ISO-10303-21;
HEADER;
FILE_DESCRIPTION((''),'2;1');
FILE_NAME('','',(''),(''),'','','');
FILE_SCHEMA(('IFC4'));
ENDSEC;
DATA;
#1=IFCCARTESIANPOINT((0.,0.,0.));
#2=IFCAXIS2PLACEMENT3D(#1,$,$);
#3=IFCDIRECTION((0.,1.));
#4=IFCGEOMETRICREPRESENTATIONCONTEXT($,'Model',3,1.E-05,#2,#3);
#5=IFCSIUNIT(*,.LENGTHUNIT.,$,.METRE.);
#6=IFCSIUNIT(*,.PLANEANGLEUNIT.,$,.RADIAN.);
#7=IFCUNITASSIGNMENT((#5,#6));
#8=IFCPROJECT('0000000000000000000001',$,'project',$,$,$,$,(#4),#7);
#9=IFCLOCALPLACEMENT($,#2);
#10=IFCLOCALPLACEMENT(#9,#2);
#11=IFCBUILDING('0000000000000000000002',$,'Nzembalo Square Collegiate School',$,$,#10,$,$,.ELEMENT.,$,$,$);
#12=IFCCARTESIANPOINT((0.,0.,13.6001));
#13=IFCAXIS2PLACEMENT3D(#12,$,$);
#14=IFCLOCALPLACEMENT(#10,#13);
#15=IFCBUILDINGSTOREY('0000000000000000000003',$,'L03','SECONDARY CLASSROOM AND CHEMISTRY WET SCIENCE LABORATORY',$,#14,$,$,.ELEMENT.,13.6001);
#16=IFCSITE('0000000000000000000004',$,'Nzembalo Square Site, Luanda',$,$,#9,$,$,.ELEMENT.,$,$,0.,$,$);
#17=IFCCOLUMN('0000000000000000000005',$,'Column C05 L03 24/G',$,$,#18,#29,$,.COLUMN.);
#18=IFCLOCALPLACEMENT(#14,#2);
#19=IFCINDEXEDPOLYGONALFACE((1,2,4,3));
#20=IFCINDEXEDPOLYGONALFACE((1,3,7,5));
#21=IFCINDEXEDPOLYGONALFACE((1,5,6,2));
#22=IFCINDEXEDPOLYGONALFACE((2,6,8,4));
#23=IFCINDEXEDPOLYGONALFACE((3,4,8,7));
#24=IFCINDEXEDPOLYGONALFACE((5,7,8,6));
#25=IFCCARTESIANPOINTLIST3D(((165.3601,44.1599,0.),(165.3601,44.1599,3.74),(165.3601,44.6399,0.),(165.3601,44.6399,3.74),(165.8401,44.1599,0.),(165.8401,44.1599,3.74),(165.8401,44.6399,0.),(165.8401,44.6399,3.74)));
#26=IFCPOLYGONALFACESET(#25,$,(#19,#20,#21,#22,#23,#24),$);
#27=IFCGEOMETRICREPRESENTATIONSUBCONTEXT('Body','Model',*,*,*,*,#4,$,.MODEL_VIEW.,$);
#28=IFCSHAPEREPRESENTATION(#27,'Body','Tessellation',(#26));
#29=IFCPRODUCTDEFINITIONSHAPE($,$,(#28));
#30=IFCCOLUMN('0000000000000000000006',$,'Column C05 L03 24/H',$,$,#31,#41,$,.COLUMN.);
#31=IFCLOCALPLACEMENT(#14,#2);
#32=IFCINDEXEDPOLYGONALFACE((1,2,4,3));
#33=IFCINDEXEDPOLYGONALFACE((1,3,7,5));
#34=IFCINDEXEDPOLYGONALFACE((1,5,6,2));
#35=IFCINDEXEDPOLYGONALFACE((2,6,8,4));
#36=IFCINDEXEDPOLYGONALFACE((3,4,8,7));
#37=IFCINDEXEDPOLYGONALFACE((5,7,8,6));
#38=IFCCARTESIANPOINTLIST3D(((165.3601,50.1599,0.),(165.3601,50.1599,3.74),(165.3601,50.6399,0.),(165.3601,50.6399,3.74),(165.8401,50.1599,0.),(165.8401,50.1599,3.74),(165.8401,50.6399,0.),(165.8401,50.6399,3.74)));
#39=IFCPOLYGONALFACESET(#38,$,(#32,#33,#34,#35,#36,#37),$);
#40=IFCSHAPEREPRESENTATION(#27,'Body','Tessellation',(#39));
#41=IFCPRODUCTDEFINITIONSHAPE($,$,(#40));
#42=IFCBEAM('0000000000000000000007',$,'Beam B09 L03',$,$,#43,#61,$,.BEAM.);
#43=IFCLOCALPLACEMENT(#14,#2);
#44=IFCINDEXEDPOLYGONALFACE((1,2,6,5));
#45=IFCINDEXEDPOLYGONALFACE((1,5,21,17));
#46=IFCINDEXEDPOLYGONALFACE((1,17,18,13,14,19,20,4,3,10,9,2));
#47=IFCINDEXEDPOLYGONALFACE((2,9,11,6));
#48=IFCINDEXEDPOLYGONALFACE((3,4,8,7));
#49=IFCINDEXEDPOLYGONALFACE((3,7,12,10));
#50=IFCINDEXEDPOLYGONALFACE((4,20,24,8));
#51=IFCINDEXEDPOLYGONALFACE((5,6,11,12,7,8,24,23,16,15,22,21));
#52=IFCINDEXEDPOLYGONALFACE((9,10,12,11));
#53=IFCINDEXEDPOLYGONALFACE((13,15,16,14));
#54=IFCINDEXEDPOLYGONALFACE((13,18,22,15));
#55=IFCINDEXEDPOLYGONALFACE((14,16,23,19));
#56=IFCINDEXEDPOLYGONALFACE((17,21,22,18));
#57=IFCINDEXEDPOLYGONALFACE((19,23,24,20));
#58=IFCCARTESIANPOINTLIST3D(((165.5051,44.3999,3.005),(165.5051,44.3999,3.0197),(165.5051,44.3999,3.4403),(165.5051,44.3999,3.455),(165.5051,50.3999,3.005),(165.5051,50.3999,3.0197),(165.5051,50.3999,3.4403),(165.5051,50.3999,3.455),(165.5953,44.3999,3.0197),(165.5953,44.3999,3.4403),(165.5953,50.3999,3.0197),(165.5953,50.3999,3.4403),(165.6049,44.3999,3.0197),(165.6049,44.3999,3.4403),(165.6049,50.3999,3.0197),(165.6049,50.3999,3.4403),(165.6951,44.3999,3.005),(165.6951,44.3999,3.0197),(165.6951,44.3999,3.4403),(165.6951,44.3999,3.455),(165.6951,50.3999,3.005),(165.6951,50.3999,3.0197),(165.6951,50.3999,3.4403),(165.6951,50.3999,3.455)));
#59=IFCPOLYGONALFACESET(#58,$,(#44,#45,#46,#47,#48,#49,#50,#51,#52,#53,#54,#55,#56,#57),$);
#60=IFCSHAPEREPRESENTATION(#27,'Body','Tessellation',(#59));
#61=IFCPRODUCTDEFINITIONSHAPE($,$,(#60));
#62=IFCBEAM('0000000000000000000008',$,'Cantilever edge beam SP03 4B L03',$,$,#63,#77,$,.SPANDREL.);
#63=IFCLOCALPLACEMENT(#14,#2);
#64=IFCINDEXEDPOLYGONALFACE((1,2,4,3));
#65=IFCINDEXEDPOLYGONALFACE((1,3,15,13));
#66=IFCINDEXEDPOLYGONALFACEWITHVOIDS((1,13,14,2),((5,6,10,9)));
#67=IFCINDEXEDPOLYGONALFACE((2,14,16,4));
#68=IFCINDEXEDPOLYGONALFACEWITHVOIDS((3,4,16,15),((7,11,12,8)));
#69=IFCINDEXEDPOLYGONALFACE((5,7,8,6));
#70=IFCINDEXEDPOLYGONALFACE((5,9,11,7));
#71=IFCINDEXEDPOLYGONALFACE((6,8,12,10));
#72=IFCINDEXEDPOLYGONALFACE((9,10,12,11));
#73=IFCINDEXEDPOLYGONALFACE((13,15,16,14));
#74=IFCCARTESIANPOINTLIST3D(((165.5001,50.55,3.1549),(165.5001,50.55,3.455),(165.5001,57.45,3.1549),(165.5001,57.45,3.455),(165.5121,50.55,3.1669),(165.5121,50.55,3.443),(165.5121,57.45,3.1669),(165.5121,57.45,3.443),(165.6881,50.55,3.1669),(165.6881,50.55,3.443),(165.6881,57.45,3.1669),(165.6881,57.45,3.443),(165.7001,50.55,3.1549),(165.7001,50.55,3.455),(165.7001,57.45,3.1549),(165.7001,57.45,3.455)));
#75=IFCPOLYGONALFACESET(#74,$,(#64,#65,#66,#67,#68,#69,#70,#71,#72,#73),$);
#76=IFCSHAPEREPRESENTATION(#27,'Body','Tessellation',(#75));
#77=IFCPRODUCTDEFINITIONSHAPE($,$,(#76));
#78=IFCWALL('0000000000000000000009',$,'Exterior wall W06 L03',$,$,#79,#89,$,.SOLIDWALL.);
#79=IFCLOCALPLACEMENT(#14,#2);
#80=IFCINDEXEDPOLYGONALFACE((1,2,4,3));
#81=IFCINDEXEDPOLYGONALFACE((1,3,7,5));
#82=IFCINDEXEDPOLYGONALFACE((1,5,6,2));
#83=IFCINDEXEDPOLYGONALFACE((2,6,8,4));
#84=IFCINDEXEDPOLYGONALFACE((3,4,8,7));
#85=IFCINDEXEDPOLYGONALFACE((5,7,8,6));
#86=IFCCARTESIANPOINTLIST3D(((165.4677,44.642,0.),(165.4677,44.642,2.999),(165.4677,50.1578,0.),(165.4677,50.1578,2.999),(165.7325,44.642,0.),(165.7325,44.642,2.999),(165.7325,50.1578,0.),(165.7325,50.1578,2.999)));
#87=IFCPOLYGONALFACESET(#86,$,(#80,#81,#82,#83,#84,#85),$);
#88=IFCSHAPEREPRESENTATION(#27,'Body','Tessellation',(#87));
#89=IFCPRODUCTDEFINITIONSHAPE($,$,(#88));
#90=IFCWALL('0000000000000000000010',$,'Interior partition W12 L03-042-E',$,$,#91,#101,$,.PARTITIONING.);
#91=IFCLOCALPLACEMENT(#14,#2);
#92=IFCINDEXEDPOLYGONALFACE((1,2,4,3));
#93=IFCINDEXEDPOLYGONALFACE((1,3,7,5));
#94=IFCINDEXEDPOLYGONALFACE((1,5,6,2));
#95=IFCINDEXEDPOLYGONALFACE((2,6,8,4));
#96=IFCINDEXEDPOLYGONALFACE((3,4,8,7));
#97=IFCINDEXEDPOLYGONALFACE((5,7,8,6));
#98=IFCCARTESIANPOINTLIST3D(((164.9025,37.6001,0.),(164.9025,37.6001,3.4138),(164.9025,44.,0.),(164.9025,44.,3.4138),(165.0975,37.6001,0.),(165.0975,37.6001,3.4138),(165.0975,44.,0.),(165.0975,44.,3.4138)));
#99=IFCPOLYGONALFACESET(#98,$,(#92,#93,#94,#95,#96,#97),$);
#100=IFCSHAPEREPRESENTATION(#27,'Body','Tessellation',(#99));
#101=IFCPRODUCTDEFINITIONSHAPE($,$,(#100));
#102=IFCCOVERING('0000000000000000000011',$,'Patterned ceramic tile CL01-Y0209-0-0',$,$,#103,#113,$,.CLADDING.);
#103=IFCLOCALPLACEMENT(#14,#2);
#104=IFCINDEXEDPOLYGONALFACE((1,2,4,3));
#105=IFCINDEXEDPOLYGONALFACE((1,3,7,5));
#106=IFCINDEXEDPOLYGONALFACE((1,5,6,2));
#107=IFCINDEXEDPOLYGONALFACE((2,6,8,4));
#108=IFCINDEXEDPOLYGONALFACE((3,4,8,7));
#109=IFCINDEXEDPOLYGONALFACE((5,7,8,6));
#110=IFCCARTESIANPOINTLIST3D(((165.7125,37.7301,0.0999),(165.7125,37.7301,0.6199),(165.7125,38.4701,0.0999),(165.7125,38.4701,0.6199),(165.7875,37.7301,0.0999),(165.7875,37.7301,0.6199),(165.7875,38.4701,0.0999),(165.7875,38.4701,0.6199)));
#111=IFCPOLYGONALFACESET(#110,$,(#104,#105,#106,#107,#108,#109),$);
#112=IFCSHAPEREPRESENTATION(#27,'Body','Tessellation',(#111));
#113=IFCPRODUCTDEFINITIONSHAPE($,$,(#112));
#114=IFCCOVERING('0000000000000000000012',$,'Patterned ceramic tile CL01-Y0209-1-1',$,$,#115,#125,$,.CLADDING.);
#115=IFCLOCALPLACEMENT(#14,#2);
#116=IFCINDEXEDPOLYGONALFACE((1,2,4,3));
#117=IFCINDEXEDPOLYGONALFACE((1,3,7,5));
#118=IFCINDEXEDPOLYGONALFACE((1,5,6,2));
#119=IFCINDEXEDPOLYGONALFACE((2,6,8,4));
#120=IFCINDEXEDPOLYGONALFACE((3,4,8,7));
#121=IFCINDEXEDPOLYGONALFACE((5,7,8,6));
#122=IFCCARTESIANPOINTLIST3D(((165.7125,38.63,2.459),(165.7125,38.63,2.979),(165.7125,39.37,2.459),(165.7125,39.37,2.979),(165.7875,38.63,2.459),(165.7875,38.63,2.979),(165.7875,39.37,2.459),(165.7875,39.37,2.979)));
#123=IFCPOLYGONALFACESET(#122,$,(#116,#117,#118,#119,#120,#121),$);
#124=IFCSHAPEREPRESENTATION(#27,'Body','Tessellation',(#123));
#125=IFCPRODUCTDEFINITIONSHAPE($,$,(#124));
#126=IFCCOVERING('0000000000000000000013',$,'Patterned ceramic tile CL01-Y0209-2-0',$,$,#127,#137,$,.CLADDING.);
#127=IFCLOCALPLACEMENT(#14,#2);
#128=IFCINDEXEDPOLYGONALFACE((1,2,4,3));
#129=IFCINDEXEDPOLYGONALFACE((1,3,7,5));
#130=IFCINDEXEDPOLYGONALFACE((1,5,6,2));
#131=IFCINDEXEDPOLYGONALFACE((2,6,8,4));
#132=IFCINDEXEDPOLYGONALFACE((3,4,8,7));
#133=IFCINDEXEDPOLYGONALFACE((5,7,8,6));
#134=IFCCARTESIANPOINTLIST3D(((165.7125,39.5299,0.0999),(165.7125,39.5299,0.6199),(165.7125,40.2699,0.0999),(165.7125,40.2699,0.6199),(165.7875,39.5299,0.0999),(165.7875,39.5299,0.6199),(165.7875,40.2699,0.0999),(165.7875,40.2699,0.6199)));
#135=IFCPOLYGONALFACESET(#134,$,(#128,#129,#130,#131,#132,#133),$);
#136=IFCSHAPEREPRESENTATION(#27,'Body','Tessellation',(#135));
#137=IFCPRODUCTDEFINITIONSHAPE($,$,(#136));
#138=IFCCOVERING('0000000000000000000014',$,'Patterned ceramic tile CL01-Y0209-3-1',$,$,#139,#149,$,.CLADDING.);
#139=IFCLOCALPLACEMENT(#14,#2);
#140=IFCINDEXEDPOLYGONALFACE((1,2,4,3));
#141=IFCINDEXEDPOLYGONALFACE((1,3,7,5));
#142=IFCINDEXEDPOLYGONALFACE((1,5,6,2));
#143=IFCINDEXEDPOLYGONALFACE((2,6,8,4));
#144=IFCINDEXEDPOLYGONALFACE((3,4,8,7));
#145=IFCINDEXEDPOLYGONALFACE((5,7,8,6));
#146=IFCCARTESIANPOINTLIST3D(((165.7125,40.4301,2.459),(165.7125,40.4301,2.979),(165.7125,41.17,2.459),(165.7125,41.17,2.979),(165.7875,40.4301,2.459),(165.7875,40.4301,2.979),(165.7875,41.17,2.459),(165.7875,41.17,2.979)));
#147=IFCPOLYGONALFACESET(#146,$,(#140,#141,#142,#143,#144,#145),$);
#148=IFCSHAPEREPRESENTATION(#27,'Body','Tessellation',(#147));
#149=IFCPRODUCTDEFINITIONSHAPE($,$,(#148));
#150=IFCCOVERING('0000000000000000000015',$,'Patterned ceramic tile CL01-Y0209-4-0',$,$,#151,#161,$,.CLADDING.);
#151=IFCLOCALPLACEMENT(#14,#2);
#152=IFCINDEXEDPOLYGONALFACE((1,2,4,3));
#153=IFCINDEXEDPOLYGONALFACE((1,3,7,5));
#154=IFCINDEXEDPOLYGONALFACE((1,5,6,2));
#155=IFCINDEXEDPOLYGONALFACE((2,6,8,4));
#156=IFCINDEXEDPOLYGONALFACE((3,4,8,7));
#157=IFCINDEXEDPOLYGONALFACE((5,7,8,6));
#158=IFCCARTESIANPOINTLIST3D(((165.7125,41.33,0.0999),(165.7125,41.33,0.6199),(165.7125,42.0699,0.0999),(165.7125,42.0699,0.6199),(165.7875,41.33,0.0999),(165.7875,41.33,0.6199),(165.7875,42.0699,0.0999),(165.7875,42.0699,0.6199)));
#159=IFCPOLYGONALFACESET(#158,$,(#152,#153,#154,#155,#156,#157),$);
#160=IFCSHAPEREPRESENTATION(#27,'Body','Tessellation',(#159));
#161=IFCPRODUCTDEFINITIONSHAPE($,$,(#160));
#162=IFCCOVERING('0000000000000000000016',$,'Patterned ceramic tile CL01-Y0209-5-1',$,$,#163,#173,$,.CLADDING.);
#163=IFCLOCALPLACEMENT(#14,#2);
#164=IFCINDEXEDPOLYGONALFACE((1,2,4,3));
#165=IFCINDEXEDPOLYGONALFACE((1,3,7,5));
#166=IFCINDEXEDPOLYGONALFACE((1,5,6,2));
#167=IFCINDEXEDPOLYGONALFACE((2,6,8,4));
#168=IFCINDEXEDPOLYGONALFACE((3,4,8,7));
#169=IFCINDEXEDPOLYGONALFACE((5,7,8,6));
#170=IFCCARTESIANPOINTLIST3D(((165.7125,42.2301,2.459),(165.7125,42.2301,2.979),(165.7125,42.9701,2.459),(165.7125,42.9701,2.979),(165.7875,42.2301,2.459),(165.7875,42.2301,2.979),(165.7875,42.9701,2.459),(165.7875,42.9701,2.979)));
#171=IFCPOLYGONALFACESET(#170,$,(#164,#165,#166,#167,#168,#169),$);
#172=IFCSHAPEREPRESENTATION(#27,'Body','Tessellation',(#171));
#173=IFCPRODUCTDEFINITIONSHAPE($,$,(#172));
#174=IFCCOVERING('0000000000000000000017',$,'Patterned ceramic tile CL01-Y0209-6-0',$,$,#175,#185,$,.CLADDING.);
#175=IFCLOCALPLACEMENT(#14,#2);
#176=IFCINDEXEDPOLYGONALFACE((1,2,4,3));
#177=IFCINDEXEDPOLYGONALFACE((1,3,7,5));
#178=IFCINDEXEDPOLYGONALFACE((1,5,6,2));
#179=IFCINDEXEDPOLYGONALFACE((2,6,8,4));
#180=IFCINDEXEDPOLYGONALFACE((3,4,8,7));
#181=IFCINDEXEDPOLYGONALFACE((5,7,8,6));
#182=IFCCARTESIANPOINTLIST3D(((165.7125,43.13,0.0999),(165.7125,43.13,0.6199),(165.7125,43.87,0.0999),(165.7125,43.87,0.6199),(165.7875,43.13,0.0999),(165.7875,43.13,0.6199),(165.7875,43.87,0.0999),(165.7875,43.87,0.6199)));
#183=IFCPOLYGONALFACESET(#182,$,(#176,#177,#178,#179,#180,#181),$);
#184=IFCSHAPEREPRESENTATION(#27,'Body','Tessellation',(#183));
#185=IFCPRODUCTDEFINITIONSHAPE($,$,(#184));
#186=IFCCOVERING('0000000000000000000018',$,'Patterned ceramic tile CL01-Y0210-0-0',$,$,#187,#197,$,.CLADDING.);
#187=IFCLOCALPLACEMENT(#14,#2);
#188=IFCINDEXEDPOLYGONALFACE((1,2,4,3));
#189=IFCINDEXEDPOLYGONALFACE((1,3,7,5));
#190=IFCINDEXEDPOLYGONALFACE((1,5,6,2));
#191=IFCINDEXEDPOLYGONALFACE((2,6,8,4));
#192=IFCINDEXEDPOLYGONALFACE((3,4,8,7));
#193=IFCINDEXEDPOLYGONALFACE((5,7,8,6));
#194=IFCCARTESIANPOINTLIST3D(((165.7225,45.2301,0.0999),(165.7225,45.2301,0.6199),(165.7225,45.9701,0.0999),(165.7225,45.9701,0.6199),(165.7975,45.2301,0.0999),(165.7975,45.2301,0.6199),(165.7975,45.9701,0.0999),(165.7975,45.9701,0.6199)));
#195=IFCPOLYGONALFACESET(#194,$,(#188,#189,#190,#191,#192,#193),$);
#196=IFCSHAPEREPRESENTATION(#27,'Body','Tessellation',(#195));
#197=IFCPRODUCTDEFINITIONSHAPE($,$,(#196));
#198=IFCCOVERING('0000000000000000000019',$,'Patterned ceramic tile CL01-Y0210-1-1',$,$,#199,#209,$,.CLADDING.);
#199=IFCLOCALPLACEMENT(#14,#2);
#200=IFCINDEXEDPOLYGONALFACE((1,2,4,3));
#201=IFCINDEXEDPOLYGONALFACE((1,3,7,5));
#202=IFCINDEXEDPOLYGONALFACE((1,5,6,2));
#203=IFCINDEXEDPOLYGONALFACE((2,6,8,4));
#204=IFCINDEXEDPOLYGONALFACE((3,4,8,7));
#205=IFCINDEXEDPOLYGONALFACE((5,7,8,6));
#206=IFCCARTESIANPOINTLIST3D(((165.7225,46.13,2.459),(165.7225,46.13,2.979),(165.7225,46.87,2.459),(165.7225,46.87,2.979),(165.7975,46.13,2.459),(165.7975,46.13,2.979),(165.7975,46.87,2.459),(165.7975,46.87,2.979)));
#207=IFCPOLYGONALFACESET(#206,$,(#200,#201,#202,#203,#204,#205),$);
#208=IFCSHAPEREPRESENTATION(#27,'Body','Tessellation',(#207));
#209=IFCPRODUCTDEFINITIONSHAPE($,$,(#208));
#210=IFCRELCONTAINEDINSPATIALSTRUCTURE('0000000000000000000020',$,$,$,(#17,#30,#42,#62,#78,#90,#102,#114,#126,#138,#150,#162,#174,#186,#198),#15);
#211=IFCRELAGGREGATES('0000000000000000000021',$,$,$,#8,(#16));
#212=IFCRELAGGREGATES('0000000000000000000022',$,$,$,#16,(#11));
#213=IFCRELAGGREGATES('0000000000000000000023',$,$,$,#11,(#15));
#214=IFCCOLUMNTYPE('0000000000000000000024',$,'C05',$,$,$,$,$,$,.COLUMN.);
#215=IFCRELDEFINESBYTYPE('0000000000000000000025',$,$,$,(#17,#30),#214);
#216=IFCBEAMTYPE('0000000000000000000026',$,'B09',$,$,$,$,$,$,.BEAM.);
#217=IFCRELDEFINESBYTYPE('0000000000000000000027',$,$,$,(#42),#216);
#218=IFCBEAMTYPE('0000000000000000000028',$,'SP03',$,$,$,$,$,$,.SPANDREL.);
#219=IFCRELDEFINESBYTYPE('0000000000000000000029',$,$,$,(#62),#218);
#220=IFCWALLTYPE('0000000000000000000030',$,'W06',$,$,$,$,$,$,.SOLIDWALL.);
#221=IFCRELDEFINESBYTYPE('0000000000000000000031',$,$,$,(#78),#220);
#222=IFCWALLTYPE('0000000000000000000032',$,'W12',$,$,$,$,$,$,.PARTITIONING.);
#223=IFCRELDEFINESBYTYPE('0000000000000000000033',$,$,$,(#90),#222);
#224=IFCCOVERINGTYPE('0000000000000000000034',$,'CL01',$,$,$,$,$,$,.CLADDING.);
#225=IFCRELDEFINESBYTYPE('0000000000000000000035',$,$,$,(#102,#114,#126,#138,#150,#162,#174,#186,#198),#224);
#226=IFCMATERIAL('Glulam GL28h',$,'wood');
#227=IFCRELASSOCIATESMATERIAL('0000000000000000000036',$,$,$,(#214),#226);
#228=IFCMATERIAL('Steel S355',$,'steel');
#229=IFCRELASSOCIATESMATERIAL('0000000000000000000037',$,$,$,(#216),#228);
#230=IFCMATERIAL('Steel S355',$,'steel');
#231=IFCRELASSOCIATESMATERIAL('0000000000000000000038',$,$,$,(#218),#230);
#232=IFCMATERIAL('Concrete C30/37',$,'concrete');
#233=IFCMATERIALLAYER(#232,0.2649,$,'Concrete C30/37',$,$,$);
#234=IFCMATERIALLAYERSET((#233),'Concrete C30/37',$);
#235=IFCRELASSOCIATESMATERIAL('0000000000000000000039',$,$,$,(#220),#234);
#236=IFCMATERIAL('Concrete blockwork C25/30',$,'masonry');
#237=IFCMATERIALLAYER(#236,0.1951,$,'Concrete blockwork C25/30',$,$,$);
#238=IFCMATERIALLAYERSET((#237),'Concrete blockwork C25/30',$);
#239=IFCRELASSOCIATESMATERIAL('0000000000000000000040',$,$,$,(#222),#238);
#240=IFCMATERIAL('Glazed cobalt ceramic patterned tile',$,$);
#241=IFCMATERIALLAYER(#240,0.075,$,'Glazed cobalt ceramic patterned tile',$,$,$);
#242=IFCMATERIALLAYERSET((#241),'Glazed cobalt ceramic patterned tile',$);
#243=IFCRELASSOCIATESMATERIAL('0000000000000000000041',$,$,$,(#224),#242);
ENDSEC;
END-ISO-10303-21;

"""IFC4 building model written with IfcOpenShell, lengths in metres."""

from ifc_helpers import new_model, si_unit, direction, frame, frame_2d, origin, origin_2d, place, context, subcontext, project, spatial, rectangle, hollow_rectangle, i_section, extrude, material, layer, layer_set, material_profile, profile_set, type_object, element, save


model = new_model("IFC4")

# Units and contexts
model_context = context("Model", 3, precision=1e-05, world=origin(), true_north=direction((0.0, 1.0)))
body_context = subcontext(model_context, "Body", "Model", "MODEL_VIEW")
ifc_project = project(units=[si_unit("LENGTHUNIT", "METRE"), si_unit("PLANEANGLEUNIT", "RADIAN")], contexts=[model_context])

# Site, building, storey
site_placement = place(None, origin())
site = spatial("IfcSite", under=ifc_project, at=site_placement, Name="Nzembalo Square Site, Luanda", CompositionType="ELEMENT", RefElevation=0.0)
building_placement = place(site_placement, origin())
building = spatial("IfcBuilding", under=site, at=building_placement, Name="Nzembalo Square Collegiate School", CompositionType="ELEMENT")
storey_placement = place(building_placement, frame((0.0, 0.0, 13.6001)))
storey = spatial("IfcBuildingStorey", under=building, at=storey_placement, Name="L03", Description="SECONDARY CLASSROOM AND CHEMISTRY WET SCIENCE LABORATORY", CompositionType="ELEMENT", Elevation=13.6001)

# Columns
ifc_material_1 = material(Name="Glulam GL28h", Category="wood")
ifc_material_profile_1 = material_profile(ifc_material_1, rectangle(XDim=0.48, YDim=0.48, at=origin_2d()), Name="GL28h 480x480")
ifc_profile_set_1 = profile_set([ifc_material_profile_1], Name="Glulam GL28h")
column_type = type_object("IfcColumnType", Name="C05", PredefinedType="COLUMN", material=ifc_profile_set_1)
for number, where, z_axis, x_axis, name in (
    (1, (165.6001, 44.3999, 0.0), (0.0, 0.0, 1.0), (1.0, 0.0, 0.0), "Column C05 L03 24/G"),
    (2, (165.6001, 50.3999, 0.0), (0.0, 0.0, 1.0), (1.0, 0.0, 0.0), "Column C05 L03 24/H"),
):
    element("IfcColumn", number, at=place(storey_placement, frame(where, z_axis=z_axis, x_axis=x_axis)), inside=storey, type_object=column_type, Name=name, PredefinedType="COLUMN", context=body_context, shape_type="SweptSolid", body=[
        extrude(rectangle(XDim=0.48, YDim=0.48, at=origin_2d()), origin(), (0.0, 0.0, 1.0), 3.74),
    ])

# Beams
ifc_material_2 = material(Name="Steel S355", Category="steel")
ifc_material_profile_2 = material_profile(ifc_material_2, i_section(OverallWidth=0.1899, OverallDepth=0.45, WebThickness=0.0095, FlangeThickness=0.0146, at=origin_2d()), Name="IPE 450")
ifc_profile_set_2 = profile_set([ifc_material_profile_2], Name="Steel S355")
beam_type_1 = type_object("IfcBeamType", Name="B09", PredefinedType="BEAM", material=ifc_profile_set_2)
beam_1_placement = place(storey_placement, frame((165.6001, 44.3999, 3.23), z_axis=(0.0, 1.0, 0.0), x_axis=(-1.0, 0.0, 0.0)))
element("IfcBeam", 3, at=beam_1_placement, inside=storey, type_object=beam_type_1, Name="Beam B09 L03", PredefinedType="BEAM", context=body_context, shape_type="SweptSolid", body=[
    extrude(i_section(OverallWidth=0.1899, OverallDepth=0.45, WebThickness=0.0095, FlangeThickness=0.0146, at=origin_2d()), origin(), (0.0, 0.0, 1.0), 6.0),
])
ifc_material_3 = material(Name="Steel S355", Category="steel")
ifc_material_profile_3 = material_profile(ifc_material_3, hollow_rectangle(XDim=0.2, YDim=0.3, WallThickness=0.012, at=origin_2d()), Name="RHS 300x200x12")
ifc_profile_set_3 = profile_set([ifc_material_profile_3], Name="Steel S355")
beam_type_2 = type_object("IfcBeamType", Name="SP03", PredefinedType="SPANDREL", material=ifc_profile_set_3)
beam_2_placement = place(storey_placement, frame((165.6001, 50.55, 3.3049), z_axis=(0.0, 1.0, 0.0), x_axis=(-1.0, 0.0, 0.0)))
element("IfcBeam", 4, at=beam_2_placement, inside=storey, type_object=beam_type_2, Name="Cantilever edge beam SP03 4B L03", PredefinedType="SPANDREL", context=body_context, shape_type="SweptSolid", body=[
    extrude(hollow_rectangle(XDim=0.2, YDim=0.3, WallThickness=0.012, at=origin_2d()), origin(), (0.0, 0.0, 1.0), 6.8999),
])

# Walls
ifc_material_4 = material(Name="Concrete C30/37", Category="concrete")
ifc_layer_1 = layer(ifc_material_4, 0.2649, Name="Concrete C30/37")
ifc_layer_set_1 = layer_set([ifc_layer_1], Name="Concrete C30/37")
wall_type_1 = type_object("IfcWallType", Name="W06", PredefinedType="SOLIDWALL", material=ifc_layer_set_1)
wall_1_placement = place(storey_placement, frame((165.6001, 44.6421, 0.0), z_axis=(0.0, 0.0, 1.0), x_axis=(0.0, 1.0, 0.0)))
element("IfcWall", 5, at=wall_1_placement, inside=storey, type_object=wall_type_1, Name="Exterior wall W06 L03", PredefinedType="SOLIDWALL", context=body_context, shape_type="SweptSolid", body=[
    extrude(rectangle(XDim=5.5159, YDim=0.2649, at=frame_2d((2.7578, 0.0))), origin(), (0.0, 0.0, 1.0), 2.999),
])
ifc_material_5 = material(Name="Concrete blockwork C25/30", Category="masonry")
ifc_layer_2 = layer(ifc_material_5, 0.1951, Name="Concrete blockwork C25/30")
ifc_layer_set_2 = layer_set([ifc_layer_2], Name="Concrete blockwork C25/30")
wall_type_2 = type_object("IfcWallType", Name="W12", PredefinedType="PARTITIONING", material=ifc_layer_set_2)
wall_2_placement = place(storey_placement, frame((165.0, 37.6001, 0.0), z_axis=(0.0, 0.0, 1.0), x_axis=(0.0, 1.0, 0.0)))
element("IfcWall", 6, at=wall_2_placement, inside=storey, type_object=wall_type_2, Name="Interior partition W12 L03-042-E", PredefinedType="PARTITIONING", context=body_context, shape_type="SweptSolid", body=[
    extrude(rectangle(XDim=6.3999, YDim=0.1951, at=frame_2d((3.2, 0.0))), origin(), (0.0, 0.0, 1.0), 3.4138),
])

# Coverings
ifc_material_6 = material(Name="Glazed cobalt ceramic patterned tile")
ifc_layer_3 = layer(ifc_material_6, 0.075, Name="Glazed cobalt ceramic patterned tile")
ifc_layer_set_3 = layer_set([ifc_layer_3], Name="Glazed cobalt ceramic patterned tile")
covering_type_1 = type_object("IfcCoveringType", Name="CL01", PredefinedType="CLADDING", material=ifc_layer_set_3)
for number, where, z_axis, x_axis, name in (
    (7, (165.75, 38.1001, 0.0999), (0.0, 0.0, 1.0), (1.0, 0.0, 0.0), "Patterned ceramic tile CL01-Y0209-0-0"),
    (8, (165.75, 39.0, 2.459), (0.0, 0.0, 1.0), (1.0, 0.0, 0.0), "Patterned ceramic tile CL01-Y0209-1-1"),
    (9, (165.75, 39.8999, 0.0999), (0.0, 0.0, 1.0), (1.0, 0.0, 0.0), "Patterned ceramic tile CL01-Y0209-2-0"),
    (10, (165.75, 40.8, 2.459), (0.0, 0.0, 1.0), (1.0, 0.0, 0.0), "Patterned ceramic tile CL01-Y0209-3-1"),
    (11, (165.75, 41.7, 0.0999), (0.0, 0.0, 1.0), (1.0, 0.0, 0.0), "Patterned ceramic tile CL01-Y0209-4-0"),
    (12, (165.75, 42.6001, 2.459), (0.0, 0.0, 1.0), (1.0, 0.0, 0.0), "Patterned ceramic tile CL01-Y0209-5-1"),
    (13, (165.75, 43.5, 0.0999), (0.0, 0.0, 1.0), (1.0, 0.0, 0.0), "Patterned ceramic tile CL01-Y0209-6-0"),
    (14, (165.76, 45.6001, 0.0999), (0.0, 0.0, 1.0), (1.0, 0.0, 0.0), "Patterned ceramic tile CL01-Y0210-0-0"),
    (15, (165.76, 46.5, 2.459), (0.0, 0.0, 1.0), (1.0, 0.0, 0.0), "Patterned ceramic tile CL01-Y0210-1-1"),
):
    element("IfcCovering", number, at=place(storey_placement, frame(where, z_axis=z_axis, x_axis=x_axis)), inside=storey, type_object=covering_type_1, Name=name, PredefinedType="CLADDING", context=body_context, shape_type="SweptSolid", body=[
        extrude(rectangle(XDim=0.075, YDim=0.74, at=origin_2d()), origin(), (0.0, 0.0, 1.0), 0.52),
    ])

save(model, "model.ifc")
